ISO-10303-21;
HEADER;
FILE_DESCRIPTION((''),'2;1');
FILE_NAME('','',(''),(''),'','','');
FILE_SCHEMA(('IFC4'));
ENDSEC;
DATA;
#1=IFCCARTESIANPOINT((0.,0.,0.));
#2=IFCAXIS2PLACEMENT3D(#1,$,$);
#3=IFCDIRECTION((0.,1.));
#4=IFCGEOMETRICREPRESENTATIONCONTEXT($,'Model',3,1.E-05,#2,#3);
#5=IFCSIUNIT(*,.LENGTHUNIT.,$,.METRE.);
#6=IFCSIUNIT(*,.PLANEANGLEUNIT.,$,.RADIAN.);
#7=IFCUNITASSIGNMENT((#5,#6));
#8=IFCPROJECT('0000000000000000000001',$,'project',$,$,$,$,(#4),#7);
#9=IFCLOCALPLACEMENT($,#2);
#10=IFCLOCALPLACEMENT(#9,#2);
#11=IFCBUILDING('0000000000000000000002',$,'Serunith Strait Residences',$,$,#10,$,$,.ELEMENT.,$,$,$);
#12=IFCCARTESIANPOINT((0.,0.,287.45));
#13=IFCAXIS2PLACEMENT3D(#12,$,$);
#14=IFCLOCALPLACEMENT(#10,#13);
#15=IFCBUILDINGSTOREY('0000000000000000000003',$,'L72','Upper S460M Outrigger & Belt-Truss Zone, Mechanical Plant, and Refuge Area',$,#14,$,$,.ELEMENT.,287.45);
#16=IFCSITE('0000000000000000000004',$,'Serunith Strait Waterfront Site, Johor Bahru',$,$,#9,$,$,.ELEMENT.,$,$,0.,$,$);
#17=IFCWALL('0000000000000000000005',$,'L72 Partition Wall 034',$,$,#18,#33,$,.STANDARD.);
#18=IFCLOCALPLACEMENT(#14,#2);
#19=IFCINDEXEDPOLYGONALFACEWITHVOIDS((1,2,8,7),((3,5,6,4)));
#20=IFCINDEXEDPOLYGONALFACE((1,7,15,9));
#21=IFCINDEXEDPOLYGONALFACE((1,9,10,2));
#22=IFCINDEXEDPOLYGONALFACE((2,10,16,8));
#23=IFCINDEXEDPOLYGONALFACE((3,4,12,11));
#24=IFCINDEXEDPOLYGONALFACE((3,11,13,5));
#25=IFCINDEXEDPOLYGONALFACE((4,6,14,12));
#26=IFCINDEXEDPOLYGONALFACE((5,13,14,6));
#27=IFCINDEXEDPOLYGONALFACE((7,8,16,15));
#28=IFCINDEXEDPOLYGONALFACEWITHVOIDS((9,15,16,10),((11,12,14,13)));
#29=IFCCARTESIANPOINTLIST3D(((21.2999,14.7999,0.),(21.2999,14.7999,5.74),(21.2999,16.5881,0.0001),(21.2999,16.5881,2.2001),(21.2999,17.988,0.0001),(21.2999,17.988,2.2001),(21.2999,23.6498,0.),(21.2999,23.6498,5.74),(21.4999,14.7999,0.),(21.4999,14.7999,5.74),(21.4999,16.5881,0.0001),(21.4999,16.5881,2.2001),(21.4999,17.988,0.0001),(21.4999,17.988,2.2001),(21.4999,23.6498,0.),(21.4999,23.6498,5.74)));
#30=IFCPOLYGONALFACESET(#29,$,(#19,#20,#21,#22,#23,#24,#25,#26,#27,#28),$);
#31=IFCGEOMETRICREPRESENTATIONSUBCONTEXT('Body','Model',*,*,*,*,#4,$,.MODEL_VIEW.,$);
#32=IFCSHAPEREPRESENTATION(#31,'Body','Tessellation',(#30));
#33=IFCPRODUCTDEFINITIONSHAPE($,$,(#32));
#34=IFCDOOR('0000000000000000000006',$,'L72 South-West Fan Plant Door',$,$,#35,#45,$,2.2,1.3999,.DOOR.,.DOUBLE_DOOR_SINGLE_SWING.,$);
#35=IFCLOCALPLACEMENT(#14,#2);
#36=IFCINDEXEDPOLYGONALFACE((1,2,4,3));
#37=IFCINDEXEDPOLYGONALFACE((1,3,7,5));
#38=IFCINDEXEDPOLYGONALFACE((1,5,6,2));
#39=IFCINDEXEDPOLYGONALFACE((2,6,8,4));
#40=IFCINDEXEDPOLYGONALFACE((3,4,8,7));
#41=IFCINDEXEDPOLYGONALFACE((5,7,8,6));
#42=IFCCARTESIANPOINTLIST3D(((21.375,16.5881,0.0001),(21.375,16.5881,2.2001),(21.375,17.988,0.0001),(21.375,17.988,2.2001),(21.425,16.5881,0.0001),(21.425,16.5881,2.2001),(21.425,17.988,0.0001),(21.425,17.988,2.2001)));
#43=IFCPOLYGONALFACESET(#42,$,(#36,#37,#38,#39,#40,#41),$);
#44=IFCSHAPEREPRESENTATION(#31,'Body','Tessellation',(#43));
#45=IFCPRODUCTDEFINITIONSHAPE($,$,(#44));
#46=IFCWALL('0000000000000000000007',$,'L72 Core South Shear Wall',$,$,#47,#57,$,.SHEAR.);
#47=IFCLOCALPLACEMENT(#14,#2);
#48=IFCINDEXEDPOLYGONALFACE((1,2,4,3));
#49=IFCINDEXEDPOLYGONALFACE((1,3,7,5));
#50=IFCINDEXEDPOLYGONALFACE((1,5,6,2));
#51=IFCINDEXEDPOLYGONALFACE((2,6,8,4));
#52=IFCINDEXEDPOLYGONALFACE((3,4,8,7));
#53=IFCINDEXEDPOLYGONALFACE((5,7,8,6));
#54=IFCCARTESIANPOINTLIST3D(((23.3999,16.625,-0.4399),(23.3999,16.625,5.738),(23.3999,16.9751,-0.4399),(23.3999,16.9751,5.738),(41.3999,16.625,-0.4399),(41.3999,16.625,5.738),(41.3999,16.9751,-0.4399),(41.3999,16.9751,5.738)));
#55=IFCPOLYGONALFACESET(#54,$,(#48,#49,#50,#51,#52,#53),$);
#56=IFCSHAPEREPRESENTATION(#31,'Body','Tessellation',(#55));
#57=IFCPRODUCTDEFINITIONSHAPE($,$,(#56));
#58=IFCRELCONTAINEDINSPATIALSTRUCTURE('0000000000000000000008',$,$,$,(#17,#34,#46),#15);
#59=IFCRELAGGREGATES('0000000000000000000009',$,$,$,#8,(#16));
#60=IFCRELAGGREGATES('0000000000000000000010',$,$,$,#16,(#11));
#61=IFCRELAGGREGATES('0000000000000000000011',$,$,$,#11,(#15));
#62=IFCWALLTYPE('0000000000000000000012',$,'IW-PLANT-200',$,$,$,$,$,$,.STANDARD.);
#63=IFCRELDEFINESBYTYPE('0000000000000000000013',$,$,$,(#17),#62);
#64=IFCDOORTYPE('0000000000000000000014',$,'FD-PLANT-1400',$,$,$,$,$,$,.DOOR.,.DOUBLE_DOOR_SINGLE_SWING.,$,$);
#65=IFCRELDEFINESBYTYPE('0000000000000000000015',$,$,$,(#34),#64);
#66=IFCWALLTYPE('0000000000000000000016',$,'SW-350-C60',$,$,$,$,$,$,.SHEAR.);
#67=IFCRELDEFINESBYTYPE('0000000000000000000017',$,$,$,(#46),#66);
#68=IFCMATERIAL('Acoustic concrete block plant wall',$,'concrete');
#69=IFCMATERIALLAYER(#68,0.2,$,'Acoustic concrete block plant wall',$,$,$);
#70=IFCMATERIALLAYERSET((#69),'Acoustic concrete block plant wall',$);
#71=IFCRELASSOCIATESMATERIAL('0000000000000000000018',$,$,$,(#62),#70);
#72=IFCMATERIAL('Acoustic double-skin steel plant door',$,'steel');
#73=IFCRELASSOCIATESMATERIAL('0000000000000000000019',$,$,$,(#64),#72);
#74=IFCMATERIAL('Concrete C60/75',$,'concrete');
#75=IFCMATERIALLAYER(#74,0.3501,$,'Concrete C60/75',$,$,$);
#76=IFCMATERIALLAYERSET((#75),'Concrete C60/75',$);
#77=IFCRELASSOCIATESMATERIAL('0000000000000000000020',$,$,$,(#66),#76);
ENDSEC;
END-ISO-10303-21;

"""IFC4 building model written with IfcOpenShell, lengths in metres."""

from ifc_helpers import new_model, si_unit, direction, frame, frame_2d, origin, place, context, subcontext, project, spatial, rectangle, extrude, source, transform, mapped, material, layer, layer_set, type_object, element, fill, save


model = new_model("IFC4")

# Units and contexts
model_context = context("Model", 3, precision=1e-05, world=origin(), true_north=direction((0.0, 1.0)))
body_context = subcontext(model_context, "Body", "Model", "MODEL_VIEW")
ifc_project = project(units=[si_unit("LENGTHUNIT", "METRE"), si_unit("PLANEANGLEUNIT", "RADIAN")], contexts=[model_context])

# Site, building, storey
site_placement = place(None, origin())
site = spatial("IfcSite", under=ifc_project, at=site_placement, Name="Serunith Strait Waterfront Site, Johor Bahru", CompositionType="ELEMENT", RefElevation=0.0)
building_placement = place(site_placement, origin())
building = spatial("IfcBuilding", under=site, at=building_placement, Name="Serunith Strait Residences", CompositionType="ELEMENT")
storey_placement = place(building_placement, frame((0.0, 0.0, 287.45)))
storey = spatial("IfcBuildingStorey", under=building, at=storey_placement, Name="L72", Description="Upper S460M Outrigger & Belt-Truss Zone, Mechanical Plant, and Refuge Area", CompositionType="ELEMENT", Elevation=287.45)

# Wall, opening, door
ifc_material_1 = material(Name="Acoustic concrete block plant wall", Category="concrete")
ifc_layer_1 = layer(ifc_material_1, 0.2, Name="Acoustic concrete block plant wall")
ifc_layer_set_1 = layer_set([ifc_layer_1], Name="Acoustic concrete block plant wall")
wall_type_1 = type_object("IfcWallType", Name="IW-PLANT-200", PredefinedType="STANDARD", material=ifc_layer_set_1)
wall_1_placement = place(storey_placement, frame((21.3999, 14.8, 0.0), z_axis=(0.0, 0.0, 1.0), x_axis=(0.0, 1.0, 0.0)))
wall_1 = element("IfcWall", 1, at=wall_1_placement, inside=storey, type_object=wall_type_1, Name="L72 Partition Wall 034", PredefinedType="STANDARD", context=body_context, shape_type="SweptSolid", body=[
    extrude(rectangle(XDim=8.8499, YDim=0.2, at=frame_2d((4.4248, 0.0))), origin(), (0.0, 0.0, 1.0), 5.74),
])
opening_placement = place(wall_1_placement, frame((1.7881, 0.0, 0.0)))
opening = element("IfcOpeningElement", 2, at=opening_placement, cuts=wall_1, PredefinedType="OPENING", context=body_context, shape_type="SweptSolid", body=[
    extrude(rectangle(XDim=1.3999, YDim=2.2, at=frame_2d((0.7, 1.1001))), frame((0.0, 0.1099, 0.0), z_axis=(0.0, -1.0, 0.0), x_axis=(1.0, 0.0, 0.0)), (0.0, 0.0, 1.0), 0.22),
])
ifc_material_2 = material(Name="Acoustic double-skin steel plant door", Category="steel")
door_type = type_object("IfcDoorType", Name="FD-PLANT-1400", OperationType="DOUBLE_DOOR_SINGLE_SWING", PredefinedType="DOOR", material=ifc_material_2)
shared_shape_1 = source(origin(), body_context, "Body", "SweptSolid", [
    extrude(rectangle(XDim=1.3999, YDim=2.2, at=frame_2d((0.7, 1.1001))), frame((0.0, 0.0249, 0.0), z_axis=(0.0, -1.0, 0.0), x_axis=(1.0, 0.0, 0.0)), (0.0, 0.0, 1.0), 0.05),
])
door_placement = place(opening_placement, origin())
door = element("IfcDoor", 3, at=door_placement, inside=storey, type_object=door_type, Name="L72 South-West Fan Plant Door", OperationType="DOUBLE_DOOR_SINGLE_SWING", OverallHeight=2.2, OverallWidth=1.3999, PredefinedType="DOOR", context=body_context, shape_type="MappedRepresentation", body=[
    mapped(shared_shape_1, transform((0.0, 0.0, 0.0), scale=1.0)),
])
fill(opening, door)

# Wall
ifc_material_3 = material(Name="Concrete C60/75", Category="concrete")
ifc_layer_2 = layer(ifc_material_3, 0.3501, Name="Concrete C60/75")
ifc_layer_set_2 = layer_set([ifc_layer_2], Name="Concrete C60/75")
wall_type_2 = type_object("IfcWallType", Name="SW-350-C60", PredefinedType="SHEAR", material=ifc_layer_set_2)
wall_2_placement = place(storey_placement, frame((23.3999, 16.8, -0.4399), z_axis=(0.0, 0.0, 1.0), x_axis=(1.0, 0.0, 0.0)))
element("IfcWall", 4, at=wall_2_placement, inside=storey, type_object=wall_type_2, Name="L72 Core South Shear Wall", PredefinedType="SHEAR", context=body_context, shape_type="SweptSolid", body=[
    extrude(rectangle(XDim=18.0, YDim=0.3501, at=frame_2d((9.0, 0.0))), origin(), (0.0, 0.0, 1.0), 6.178),
])

save(model, "model.ifc")
